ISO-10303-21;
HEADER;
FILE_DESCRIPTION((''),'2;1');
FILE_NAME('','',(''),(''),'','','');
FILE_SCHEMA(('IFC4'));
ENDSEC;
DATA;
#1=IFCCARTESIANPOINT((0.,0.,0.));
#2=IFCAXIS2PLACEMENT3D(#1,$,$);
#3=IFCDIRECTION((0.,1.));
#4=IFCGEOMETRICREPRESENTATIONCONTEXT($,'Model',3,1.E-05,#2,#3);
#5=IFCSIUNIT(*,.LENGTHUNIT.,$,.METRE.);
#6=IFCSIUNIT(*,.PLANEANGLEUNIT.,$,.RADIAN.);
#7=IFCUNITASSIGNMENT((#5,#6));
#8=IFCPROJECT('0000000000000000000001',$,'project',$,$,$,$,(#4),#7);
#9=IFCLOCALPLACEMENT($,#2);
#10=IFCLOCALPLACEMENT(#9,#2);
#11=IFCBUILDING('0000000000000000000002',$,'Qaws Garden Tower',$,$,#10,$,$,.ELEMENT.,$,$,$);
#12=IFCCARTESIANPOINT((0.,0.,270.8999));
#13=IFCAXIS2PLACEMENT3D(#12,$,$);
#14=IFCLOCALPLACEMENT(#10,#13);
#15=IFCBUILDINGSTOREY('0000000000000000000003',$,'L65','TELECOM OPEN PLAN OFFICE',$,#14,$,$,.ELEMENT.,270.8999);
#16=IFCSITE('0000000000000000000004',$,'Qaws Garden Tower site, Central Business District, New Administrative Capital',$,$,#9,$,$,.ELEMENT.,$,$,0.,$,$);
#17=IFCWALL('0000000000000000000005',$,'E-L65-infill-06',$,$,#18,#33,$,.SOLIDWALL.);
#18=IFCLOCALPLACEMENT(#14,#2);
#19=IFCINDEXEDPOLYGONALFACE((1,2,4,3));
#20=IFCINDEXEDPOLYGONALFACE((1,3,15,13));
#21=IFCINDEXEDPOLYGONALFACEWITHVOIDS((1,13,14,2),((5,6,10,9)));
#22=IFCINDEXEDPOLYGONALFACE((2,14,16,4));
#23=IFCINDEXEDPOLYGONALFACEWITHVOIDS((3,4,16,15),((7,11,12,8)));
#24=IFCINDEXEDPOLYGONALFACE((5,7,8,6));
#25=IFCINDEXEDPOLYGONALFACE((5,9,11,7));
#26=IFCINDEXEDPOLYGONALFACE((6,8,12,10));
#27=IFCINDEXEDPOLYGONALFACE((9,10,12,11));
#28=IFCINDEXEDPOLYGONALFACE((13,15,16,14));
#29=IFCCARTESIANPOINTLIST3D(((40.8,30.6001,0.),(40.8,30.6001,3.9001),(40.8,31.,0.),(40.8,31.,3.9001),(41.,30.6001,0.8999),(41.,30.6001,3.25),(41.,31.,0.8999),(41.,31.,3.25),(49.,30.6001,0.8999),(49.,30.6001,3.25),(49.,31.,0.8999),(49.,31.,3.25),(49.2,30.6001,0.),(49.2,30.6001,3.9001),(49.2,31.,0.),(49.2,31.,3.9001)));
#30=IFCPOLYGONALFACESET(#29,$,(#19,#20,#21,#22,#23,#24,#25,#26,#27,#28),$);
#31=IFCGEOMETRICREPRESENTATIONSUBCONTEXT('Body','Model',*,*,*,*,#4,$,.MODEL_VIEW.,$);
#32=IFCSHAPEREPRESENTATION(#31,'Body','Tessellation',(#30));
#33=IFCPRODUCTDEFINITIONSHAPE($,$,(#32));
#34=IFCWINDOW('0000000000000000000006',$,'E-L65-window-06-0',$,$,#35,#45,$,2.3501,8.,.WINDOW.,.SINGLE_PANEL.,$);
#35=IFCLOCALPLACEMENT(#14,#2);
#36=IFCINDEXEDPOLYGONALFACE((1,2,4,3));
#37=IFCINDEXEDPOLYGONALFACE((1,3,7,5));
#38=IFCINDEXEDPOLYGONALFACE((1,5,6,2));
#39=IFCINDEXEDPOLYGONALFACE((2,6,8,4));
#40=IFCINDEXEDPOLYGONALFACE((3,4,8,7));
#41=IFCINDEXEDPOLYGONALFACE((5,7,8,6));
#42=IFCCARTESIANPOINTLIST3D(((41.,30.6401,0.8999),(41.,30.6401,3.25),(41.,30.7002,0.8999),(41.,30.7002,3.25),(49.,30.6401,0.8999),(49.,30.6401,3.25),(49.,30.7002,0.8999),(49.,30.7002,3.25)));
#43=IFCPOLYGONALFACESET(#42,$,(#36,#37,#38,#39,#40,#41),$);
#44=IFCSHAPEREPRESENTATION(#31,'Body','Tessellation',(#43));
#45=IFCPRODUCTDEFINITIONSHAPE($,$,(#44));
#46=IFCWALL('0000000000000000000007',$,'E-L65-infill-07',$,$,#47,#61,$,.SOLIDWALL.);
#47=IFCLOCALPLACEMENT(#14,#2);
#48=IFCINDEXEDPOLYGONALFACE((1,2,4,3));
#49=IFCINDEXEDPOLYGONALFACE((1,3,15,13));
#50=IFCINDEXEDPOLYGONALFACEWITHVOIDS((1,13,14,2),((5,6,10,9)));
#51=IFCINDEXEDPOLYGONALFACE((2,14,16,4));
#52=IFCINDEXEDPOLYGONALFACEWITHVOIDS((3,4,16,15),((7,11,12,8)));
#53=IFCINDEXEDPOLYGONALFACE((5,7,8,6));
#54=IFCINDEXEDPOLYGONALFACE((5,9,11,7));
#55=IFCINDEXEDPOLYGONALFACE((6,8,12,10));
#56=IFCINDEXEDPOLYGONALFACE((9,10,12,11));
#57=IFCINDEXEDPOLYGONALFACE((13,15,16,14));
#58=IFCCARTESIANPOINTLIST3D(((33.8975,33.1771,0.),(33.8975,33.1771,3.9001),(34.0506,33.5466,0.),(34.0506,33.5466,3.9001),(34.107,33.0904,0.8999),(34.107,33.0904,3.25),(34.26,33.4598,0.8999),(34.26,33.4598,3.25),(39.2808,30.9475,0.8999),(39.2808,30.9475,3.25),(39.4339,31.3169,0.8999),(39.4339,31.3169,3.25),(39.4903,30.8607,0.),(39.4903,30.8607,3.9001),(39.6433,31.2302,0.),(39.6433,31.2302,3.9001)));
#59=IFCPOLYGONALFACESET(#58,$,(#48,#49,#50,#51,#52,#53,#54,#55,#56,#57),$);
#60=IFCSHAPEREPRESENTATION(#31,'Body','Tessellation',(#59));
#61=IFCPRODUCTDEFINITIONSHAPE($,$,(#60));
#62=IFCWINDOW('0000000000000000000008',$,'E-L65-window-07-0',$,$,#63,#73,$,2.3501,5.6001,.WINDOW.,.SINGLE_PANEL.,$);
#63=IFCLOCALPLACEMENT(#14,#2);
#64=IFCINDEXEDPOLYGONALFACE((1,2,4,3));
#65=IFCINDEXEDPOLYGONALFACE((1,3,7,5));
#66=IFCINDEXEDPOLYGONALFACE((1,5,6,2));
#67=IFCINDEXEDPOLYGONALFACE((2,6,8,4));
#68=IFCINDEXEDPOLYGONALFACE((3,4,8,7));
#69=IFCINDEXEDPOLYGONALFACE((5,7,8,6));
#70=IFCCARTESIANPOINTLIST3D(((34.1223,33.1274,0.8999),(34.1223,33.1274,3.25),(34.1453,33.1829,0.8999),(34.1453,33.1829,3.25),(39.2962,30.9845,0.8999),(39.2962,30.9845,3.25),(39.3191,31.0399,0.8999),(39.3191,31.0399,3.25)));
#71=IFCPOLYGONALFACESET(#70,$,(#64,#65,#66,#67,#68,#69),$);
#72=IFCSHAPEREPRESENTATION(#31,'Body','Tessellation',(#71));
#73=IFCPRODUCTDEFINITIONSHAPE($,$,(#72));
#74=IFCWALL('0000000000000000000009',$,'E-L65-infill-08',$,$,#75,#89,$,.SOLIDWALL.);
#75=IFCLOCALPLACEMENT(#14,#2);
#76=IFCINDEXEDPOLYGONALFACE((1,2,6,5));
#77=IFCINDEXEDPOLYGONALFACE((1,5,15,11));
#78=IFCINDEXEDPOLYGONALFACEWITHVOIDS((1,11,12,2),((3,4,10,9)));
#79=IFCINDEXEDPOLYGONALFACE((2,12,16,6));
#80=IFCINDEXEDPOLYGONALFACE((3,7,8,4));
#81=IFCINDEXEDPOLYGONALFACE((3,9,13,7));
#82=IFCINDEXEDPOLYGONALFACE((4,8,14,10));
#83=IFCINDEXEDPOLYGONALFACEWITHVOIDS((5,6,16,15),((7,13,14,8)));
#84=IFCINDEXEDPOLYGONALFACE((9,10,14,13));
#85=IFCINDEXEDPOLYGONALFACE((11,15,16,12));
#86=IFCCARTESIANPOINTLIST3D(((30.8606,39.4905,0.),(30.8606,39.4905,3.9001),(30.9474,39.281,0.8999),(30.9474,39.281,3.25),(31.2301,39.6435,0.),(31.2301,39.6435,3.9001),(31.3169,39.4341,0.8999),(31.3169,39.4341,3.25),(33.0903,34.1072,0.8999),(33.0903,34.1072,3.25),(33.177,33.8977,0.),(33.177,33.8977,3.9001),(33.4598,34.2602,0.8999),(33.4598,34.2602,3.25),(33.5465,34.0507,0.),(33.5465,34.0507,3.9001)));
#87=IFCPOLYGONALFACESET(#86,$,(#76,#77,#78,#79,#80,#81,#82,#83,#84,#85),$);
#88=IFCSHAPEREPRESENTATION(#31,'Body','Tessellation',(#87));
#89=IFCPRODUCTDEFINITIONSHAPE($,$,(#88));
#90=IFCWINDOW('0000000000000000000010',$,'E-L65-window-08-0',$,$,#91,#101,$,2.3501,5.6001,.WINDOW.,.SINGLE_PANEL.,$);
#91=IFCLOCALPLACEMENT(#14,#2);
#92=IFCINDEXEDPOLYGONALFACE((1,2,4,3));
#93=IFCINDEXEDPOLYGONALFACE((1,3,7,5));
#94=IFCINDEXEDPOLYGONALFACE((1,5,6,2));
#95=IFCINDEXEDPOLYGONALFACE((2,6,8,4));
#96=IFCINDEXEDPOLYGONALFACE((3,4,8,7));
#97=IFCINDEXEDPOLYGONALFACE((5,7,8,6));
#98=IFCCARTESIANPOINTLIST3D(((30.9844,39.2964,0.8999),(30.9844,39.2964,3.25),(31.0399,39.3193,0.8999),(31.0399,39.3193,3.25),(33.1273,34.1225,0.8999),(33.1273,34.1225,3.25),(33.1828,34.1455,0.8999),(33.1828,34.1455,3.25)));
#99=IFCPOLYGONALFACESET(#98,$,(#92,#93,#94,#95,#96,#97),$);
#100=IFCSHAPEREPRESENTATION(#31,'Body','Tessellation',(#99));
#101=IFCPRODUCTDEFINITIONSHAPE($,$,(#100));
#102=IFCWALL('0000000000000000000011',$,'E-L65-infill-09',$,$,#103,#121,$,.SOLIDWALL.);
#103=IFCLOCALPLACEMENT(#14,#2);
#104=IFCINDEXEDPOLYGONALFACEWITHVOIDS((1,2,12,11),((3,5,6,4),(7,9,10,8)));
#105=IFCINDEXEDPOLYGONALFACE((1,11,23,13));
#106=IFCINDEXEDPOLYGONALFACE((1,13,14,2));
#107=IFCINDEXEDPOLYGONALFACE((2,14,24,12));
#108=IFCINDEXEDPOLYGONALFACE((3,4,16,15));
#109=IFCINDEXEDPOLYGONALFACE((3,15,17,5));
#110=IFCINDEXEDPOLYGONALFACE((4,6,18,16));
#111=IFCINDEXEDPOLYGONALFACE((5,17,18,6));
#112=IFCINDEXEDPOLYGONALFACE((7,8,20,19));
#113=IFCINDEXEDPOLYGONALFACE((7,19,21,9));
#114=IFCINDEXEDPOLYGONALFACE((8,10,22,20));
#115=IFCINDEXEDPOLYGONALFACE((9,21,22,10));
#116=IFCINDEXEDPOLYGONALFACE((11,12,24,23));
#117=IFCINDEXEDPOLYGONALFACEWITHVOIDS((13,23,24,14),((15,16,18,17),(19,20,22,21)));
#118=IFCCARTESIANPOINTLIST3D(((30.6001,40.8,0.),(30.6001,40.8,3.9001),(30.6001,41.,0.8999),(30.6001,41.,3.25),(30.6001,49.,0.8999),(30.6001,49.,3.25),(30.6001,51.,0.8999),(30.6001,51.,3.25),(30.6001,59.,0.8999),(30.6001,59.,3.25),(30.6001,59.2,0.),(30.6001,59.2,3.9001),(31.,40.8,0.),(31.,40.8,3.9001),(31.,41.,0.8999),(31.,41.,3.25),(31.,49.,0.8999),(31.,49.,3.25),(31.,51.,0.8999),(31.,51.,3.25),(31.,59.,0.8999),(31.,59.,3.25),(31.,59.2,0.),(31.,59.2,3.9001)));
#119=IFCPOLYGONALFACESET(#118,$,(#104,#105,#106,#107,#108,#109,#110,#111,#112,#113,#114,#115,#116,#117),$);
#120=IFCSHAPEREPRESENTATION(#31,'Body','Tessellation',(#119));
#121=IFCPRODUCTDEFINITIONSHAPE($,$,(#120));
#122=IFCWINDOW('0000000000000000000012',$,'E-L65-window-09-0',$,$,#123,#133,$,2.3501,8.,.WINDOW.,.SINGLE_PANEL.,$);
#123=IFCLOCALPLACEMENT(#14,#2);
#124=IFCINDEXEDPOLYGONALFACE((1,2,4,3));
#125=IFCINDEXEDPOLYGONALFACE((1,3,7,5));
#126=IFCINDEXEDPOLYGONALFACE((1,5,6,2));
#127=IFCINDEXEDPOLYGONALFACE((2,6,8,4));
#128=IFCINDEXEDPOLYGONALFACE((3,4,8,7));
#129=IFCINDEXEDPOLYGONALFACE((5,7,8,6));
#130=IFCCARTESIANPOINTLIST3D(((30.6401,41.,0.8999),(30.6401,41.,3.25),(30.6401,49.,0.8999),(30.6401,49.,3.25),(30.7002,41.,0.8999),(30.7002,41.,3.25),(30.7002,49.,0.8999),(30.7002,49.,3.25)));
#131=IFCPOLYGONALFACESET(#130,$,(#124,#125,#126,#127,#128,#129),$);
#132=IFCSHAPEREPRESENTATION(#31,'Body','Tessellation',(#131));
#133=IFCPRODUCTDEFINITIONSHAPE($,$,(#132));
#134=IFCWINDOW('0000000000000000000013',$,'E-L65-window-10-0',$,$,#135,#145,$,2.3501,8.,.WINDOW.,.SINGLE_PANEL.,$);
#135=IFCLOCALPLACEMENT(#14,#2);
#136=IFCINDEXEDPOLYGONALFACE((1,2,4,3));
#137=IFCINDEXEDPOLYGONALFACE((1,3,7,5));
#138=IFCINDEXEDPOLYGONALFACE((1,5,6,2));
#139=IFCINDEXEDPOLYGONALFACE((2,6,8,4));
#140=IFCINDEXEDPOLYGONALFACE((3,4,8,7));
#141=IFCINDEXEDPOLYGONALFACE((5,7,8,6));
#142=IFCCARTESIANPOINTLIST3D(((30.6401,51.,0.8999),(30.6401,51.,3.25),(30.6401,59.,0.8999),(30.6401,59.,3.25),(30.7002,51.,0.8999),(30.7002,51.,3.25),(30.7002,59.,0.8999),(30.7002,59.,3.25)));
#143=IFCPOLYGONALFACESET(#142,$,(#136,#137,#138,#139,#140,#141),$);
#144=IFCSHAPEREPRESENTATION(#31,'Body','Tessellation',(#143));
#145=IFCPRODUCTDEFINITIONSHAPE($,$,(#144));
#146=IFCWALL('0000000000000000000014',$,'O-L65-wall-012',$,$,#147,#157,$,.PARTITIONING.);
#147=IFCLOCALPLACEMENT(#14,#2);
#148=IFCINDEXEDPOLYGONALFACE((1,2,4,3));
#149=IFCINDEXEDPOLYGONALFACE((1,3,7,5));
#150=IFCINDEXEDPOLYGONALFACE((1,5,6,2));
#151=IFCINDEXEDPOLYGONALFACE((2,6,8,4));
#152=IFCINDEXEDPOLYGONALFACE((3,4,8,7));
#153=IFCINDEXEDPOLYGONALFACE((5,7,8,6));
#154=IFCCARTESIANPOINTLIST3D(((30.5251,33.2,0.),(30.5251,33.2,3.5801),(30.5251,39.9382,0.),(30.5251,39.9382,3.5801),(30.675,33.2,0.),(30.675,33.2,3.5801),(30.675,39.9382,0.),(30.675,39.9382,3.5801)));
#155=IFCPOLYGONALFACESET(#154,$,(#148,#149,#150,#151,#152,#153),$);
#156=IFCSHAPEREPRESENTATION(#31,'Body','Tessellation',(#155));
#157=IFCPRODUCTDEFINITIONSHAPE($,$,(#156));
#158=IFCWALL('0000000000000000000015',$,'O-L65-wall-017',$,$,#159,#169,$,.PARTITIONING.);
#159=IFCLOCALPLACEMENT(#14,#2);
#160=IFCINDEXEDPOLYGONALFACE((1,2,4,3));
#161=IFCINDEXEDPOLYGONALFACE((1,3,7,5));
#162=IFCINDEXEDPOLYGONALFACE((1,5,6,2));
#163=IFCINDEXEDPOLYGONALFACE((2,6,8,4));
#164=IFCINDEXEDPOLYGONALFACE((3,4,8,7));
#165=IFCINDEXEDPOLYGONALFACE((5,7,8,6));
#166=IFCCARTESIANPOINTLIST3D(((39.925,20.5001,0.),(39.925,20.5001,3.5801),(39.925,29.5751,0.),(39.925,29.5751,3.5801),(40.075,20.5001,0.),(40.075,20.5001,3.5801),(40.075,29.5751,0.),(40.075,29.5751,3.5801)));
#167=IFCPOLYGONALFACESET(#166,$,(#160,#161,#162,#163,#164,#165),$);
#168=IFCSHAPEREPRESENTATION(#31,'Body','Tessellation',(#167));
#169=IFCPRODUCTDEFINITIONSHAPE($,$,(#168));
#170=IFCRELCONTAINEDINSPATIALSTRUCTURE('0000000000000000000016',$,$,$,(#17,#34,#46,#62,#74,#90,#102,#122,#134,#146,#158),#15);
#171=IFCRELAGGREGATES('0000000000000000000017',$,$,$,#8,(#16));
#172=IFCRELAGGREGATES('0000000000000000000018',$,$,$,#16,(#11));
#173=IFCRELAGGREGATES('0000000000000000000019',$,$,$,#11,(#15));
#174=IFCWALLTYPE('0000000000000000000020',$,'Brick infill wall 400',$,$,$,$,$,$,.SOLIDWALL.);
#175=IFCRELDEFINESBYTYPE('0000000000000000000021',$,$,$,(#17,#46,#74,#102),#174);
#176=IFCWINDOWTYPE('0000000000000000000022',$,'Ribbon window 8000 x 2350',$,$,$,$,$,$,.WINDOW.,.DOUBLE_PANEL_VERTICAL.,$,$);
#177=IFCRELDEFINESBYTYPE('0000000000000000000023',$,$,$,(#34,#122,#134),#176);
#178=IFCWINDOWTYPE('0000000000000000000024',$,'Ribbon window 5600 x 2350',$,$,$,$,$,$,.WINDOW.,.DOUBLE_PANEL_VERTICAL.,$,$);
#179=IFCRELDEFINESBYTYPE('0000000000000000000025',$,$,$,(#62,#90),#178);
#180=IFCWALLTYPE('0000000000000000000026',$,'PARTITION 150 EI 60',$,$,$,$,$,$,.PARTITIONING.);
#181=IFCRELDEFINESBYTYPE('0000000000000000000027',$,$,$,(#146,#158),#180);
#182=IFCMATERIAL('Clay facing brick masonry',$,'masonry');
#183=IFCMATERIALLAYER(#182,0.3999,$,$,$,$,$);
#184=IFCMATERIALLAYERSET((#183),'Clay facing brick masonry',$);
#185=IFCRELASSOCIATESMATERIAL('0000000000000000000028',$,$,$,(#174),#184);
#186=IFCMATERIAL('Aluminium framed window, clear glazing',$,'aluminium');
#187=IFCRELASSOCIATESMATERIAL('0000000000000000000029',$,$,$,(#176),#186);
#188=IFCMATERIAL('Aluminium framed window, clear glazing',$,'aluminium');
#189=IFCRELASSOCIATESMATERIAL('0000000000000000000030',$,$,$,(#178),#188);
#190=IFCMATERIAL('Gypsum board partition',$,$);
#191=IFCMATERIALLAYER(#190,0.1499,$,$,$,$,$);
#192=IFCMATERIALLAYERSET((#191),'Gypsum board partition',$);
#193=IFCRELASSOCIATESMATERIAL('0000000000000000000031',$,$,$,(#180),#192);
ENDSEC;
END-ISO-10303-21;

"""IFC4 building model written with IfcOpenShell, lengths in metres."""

from ifc_helpers import new_model, si_unit, direction, frame, frame_2d, origin, place, context, subcontext, project, spatial, rectangle, extrude, material, layer, layer_set, type_object, element, fill, save


model = new_model("IFC4")

# Units and contexts
model_context = context("Model", 3, precision=1e-05, world=origin(), true_north=direction((0.0, 1.0)))
body_context = subcontext(model_context, "Body", "Model", "MODEL_VIEW")
ifc_project = project(units=[si_unit("LENGTHUNIT", "METRE"), si_unit("PLANEANGLEUNIT", "RADIAN")], contexts=[model_context])

# Site, building, storey
site_placement = place(None, origin())
site = spatial("IfcSite", under=ifc_project, at=site_placement, Name="Qaws Garden Tower site, Central Business District, New Administrative Capital", CompositionType="ELEMENT", RefElevation=0.0)
building_placement = place(site_placement, origin())
building = spatial("IfcBuilding", under=site, at=building_placement, Name="Qaws Garden Tower", CompositionType="ELEMENT")
storey_placement = place(building_placement, frame((0.0, 0.0, 270.8999)))
storey = spatial("IfcBuildingStorey", under=building, at=storey_placement, Name="L65", Description="TELECOM OPEN PLAN OFFICE", CompositionType="ELEMENT", Elevation=270.8999)

# Walls, openings, windows
ifc_material_1 = material(Name="Clay facing brick masonry", Category="masonry")
ifc_layer_1 = layer(ifc_material_1, 0.3999)
ifc_layer_set_1 = layer_set([ifc_layer_1], Name="Clay facing brick masonry")
wall_type_1 = type_object("IfcWallType", Name="Brick infill wall 400", PredefinedType="SOLIDWALL", material=ifc_layer_set_1)
wall_1_placement = place(storey_placement, frame((49.2, 30.8, 0.0), z_axis=(0.0, 0.0, 1.0), x_axis=(-1.0, 0.0, 0.0)))
wall_1 = element("IfcWall", 1, at=wall_1_placement, inside=storey, type_object=wall_type_1, Name="E-L65-infill-06", PredefinedType="SOLIDWALL", context=body_context, shape_type="SweptSolid", body=[
    extrude(rectangle(XDim=8.3999, YDim=0.3999, at=frame_2d((4.2, 0.0))), origin(), (0.0, 0.0, 1.0), 3.9001),
])
opening_1_placement = place(wall_1_placement, frame((0.2, 0.0, 0.8999)))
opening_1 = element("IfcOpeningElement", 2, at=opening_1_placement, cuts=wall_1, PredefinedType="OPENING", context=body_context, shape_type="SweptSolid", body=[
    extrude(rectangle(XDim=8.0, YDim=2.3501, at=frame_2d((4.0, 1.175))), frame((0.0, 0.21, 0.0), z_axis=(0.0, -1.0, 0.0), x_axis=(1.0, 0.0, 0.0)), (0.0, 0.0, 1.0), 0.4199),
])
ifc_material_2 = material(Name="Aluminium framed window, clear glazing", Category="aluminium")
window_type_1 = type_object("IfcWindowType", Name="Ribbon window 8000 x 2350", PartitioningType="DOUBLE_PANEL_VERTICAL", PredefinedType="WINDOW", material=ifc_material_2)
window_1_placement = place(opening_1_placement, origin())
window_1 = element("IfcWindow", 3, at=window_1_placement, inside=storey, type_object=window_type_1, Name="E-L65-window-06-0", OverallHeight=2.3501, OverallWidth=8.0, PartitioningType="SINGLE_PANEL", PredefinedType="WINDOW", context=body_context, shape_type="SweptSolid", body=[
    extrude(rectangle(XDim=8.0, YDim=2.3501, at=frame_2d((4.0, 1.175))), frame((0.0, 0.1599, 0.0), z_axis=(0.0, -1.0, 0.0), x_axis=(1.0, 0.0, 0.0)), (0.0, 0.0, 1.0), 0.0601),
])
fill(opening_1, window_1)
wall_2_placement = place(storey_placement, frame((39.5669, 31.0454, 0.0), z_axis=(0.0, 0.0, 1.0), x_axis=(-0.923891, 0.382656, 0.0)))
wall_2 = element("IfcWall", 4, at=wall_2_placement, inside=storey, type_object=wall_type_1, Name="E-L65-infill-07", PredefinedType="SOLIDWALL", context=body_context, shape_type="SweptSolid", body=[
    extrude(rectangle(XDim=6.0535, YDim=0.3999, at=frame_2d((3.0269, 0.0))), origin(), (0.0, 0.0, 1.0), 3.9001),
])
opening_2_placement = place(wall_2_placement, frame((0.2268, 0.0, 0.8999)))
opening_2 = element("IfcOpeningElement", 5, at=opening_2_placement, cuts=wall_2, PredefinedType="OPENING", context=body_context, shape_type="SweptSolid", body=[
    extrude(rectangle(XDim=5.6001, YDim=2.3501, at=frame_2d((2.8, 1.175))), frame((0.0, 0.21, 0.0), z_axis=(0.0, -1.0, 0.0), x_axis=(1.0, 0.0, 0.0)), (0.0, 0.0, 1.0), 0.4199),
])
ifc_material_3 = material(Name="Aluminium framed window, clear glazing", Category="aluminium")
window_type_2 = type_object("IfcWindowType", Name="Ribbon window 5600 x 2350", PartitioningType="DOUBLE_PANEL_VERTICAL", PredefinedType="WINDOW", material=ifc_material_3)
window_2_placement = place(opening_2_placement, origin())
window_2 = element("IfcWindow", 6, at=window_2_placement, inside=storey, type_object=window_type_2, Name="E-L65-window-07-0", OverallHeight=2.3501, OverallWidth=5.6001, PartitioningType="SINGLE_PANEL", PredefinedType="WINDOW", context=body_context, shape_type="SweptSolid", body=[
    extrude(rectangle(XDim=5.6001, YDim=2.3501, at=frame_2d((2.8, 1.175))), frame((0.0, 0.1599, 0.0), z_axis=(0.0, -1.0, 0.0), x_axis=(1.0, 0.0, 0.0)), (0.0, 0.0, 1.0), 0.0601),
])
fill(opening_2, window_2)
wall_3_placement = place(storey_placement, frame((33.3618, 33.9741, 0.0), z_axis=(0.0, 0.0, 1.0), x_axis=(-0.382656, 0.923891, 0.0)))
wall_3 = element("IfcWall", 7, at=wall_3_placement, inside=storey, type_object=wall_type_1, Name="E-L65-infill-08", PredefinedType="SOLIDWALL", context=body_context, shape_type="SweptSolid", body=[
    extrude(rectangle(XDim=6.0535, YDim=0.3999, at=frame_2d((3.0269, 0.0))), origin(), (0.0, 0.0, 1.0), 3.9001),
])
opening_3_placement = place(wall_3_placement, frame((0.2268, 0.0, 0.8999)))
opening_3 = element("IfcOpeningElement", 8, at=opening_3_placement, cuts=wall_3, PredefinedType="OPENING", context=body_context, shape_type="SweptSolid", body=[
    extrude(rectangle(XDim=5.6001, YDim=2.3501, at=frame_2d((2.8, 1.175))), frame((0.0, 0.21, 0.0), z_axis=(0.0, -1.0, 0.0), x_axis=(1.0, 0.0, 0.0)), (0.0, 0.0, 1.0), 0.4199),
])
window_3_placement = place(opening_3_placement, origin())
window_3 = element("IfcWindow", 9, at=window_3_placement, inside=storey, type_object=window_type_2, Name="E-L65-window-08-0", OverallHeight=2.3501, OverallWidth=5.6001, PartitioningType="SINGLE_PANEL", PredefinedType="WINDOW", context=body_context, shape_type="SweptSolid", body=[
    extrude(rectangle(XDim=5.6001, YDim=2.3501, at=frame_2d((2.8, 1.175))), frame((0.0, 0.1599, 0.0), z_axis=(0.0, -1.0, 0.0), x_axis=(1.0, 0.0, 0.0)), (0.0, 0.0, 1.0), 0.0601),
])
fill(opening_3, window_3)

# Wall, openings, windows
wall_4_placement = place(storey_placement, frame((30.8, 40.8, 0.0), z_axis=(0.0, 0.0, 1.0), x_axis=(0.0, 1.0, 0.0)))
wall_4 = element("IfcWall", 10, at=wall_4_placement, inside=storey, type_object=wall_type_1, Name="E-L65-infill-09", PredefinedType="SOLIDWALL", context=body_context, shape_type="SweptSolid", body=[
    extrude(rectangle(XDim=18.3999, YDim=0.3999, at=frame_2d((9.2, 0.0))), origin(), (0.0, 0.0, 1.0), 3.9001),
])
opening_4_placement = place(wall_4_placement, frame((0.2, 0.0, 0.8999)))
opening_4 = element("IfcOpeningElement", 11, at=opening_4_placement, cuts=wall_4, PredefinedType="OPENING", context=body_context, shape_type="SweptSolid", body=[
    extrude(rectangle(XDim=8.0, YDim=2.3501, at=frame_2d((4.0, 1.175))), frame((0.0, 0.21, 0.0), z_axis=(0.0, -1.0, 0.0), x_axis=(1.0, 0.0, 0.0)), (0.0, 0.0, 1.0), 0.4199),
])
opening_5_placement = place(wall_4_placement, frame((10.2, 0.0, 0.8999)))
opening_5 = element("IfcOpeningElement", 12, at=opening_5_placement, cuts=wall_4, PredefinedType="OPENING", context=body_context, shape_type="SweptSolid", body=[
    extrude(rectangle(XDim=8.0, YDim=2.3501, at=frame_2d((4.0, 1.175))), frame((0.0, 0.21, 0.0), z_axis=(0.0, -1.0, 0.0), x_axis=(1.0, 0.0, 0.0)), (0.0, 0.0, 1.0), 0.4199),
])
window_4_placement = place(opening_4_placement, origin())
window_4 = element("IfcWindow", 13, at=window_4_placement, inside=storey, type_object=window_type_1, Name="E-L65-window-09-0", OverallHeight=2.3501, OverallWidth=8.0, PartitioningType="SINGLE_PANEL", PredefinedType="WINDOW", context=body_context, shape_type="SweptSolid", body=[
    extrude(rectangle(XDim=8.0, YDim=2.3501, at=frame_2d((4.0, 1.175))), frame((0.0, 0.1599, 0.0), z_axis=(0.0, -1.0, 0.0), x_axis=(1.0, 0.0, 0.0)), (0.0, 0.0, 1.0), 0.0601),
])
fill(opening_4, window_4)
window_5_placement = place(opening_5_placement, origin())
window_5 = element("IfcWindow", 14, at=window_5_placement, inside=storey, type_object=window_type_1, Name="E-L65-window-10-0", OverallHeight=2.3501, OverallWidth=8.0, PartitioningType="SINGLE_PANEL", PredefinedType="WINDOW", context=body_context, shape_type="SweptSolid", body=[
    extrude(rectangle(XDim=8.0, YDim=2.3501, at=frame_2d((4.0, 1.175))), frame((0.0, 0.1599, 0.0), z_axis=(0.0, -1.0, 0.0), x_axis=(1.0, 0.0, 0.0)), (0.0, 0.0, 1.0), 0.0601),
])
fill(opening_5, window_5)

# Walls
ifc_material_4 = material(Name="Gypsum board partition")
ifc_layer_2 = layer(ifc_material_4, 0.1499)
ifc_layer_set_2 = layer_set([ifc_layer_2], Name="Gypsum board partition")
wall_type_2 = type_object("IfcWallType", Name="PARTITION 150 EI 60", PredefinedType="PARTITIONING", material=ifc_layer_set_2)
wall_5_placement = place(storey_placement, frame((30.6001, 33.2, 0.0), z_axis=(0.0, 0.0, 1.0), x_axis=(0.0, 1.0, 0.0)))
element("IfcWall", 15, at=wall_5_placement, inside=storey, type_object=wall_type_2, Name="O-L65-wall-012", PredefinedType="PARTITIONING", context=body_context, shape_type="SweptSolid", body=[
    extrude(rectangle(XDim=6.7383, YDim=0.1499, at=frame_2d((3.3691, 0.0))), origin(), (0.0, 0.0, 1.0), 3.5801),
])
wall_6_placement = place(storey_placement, frame((40.0, 20.5, 0.0), z_axis=(0.0, 0.0, 1.0), x_axis=(0.0, 1.0, 0.0)))
element("IfcWall", 16, at=wall_6_placement, inside=storey, type_object=wall_type_2, Name="O-L65-wall-017", PredefinedType="PARTITIONING", context=body_context, shape_type="SweptSolid", body=[
    extrude(rectangle(XDim=9.075, YDim=0.1499, at=frame_2d((4.5376, 0.0))), origin(), (0.0, 0.0, 1.0), 3.5801),
])

save(model, "model.ifc")
